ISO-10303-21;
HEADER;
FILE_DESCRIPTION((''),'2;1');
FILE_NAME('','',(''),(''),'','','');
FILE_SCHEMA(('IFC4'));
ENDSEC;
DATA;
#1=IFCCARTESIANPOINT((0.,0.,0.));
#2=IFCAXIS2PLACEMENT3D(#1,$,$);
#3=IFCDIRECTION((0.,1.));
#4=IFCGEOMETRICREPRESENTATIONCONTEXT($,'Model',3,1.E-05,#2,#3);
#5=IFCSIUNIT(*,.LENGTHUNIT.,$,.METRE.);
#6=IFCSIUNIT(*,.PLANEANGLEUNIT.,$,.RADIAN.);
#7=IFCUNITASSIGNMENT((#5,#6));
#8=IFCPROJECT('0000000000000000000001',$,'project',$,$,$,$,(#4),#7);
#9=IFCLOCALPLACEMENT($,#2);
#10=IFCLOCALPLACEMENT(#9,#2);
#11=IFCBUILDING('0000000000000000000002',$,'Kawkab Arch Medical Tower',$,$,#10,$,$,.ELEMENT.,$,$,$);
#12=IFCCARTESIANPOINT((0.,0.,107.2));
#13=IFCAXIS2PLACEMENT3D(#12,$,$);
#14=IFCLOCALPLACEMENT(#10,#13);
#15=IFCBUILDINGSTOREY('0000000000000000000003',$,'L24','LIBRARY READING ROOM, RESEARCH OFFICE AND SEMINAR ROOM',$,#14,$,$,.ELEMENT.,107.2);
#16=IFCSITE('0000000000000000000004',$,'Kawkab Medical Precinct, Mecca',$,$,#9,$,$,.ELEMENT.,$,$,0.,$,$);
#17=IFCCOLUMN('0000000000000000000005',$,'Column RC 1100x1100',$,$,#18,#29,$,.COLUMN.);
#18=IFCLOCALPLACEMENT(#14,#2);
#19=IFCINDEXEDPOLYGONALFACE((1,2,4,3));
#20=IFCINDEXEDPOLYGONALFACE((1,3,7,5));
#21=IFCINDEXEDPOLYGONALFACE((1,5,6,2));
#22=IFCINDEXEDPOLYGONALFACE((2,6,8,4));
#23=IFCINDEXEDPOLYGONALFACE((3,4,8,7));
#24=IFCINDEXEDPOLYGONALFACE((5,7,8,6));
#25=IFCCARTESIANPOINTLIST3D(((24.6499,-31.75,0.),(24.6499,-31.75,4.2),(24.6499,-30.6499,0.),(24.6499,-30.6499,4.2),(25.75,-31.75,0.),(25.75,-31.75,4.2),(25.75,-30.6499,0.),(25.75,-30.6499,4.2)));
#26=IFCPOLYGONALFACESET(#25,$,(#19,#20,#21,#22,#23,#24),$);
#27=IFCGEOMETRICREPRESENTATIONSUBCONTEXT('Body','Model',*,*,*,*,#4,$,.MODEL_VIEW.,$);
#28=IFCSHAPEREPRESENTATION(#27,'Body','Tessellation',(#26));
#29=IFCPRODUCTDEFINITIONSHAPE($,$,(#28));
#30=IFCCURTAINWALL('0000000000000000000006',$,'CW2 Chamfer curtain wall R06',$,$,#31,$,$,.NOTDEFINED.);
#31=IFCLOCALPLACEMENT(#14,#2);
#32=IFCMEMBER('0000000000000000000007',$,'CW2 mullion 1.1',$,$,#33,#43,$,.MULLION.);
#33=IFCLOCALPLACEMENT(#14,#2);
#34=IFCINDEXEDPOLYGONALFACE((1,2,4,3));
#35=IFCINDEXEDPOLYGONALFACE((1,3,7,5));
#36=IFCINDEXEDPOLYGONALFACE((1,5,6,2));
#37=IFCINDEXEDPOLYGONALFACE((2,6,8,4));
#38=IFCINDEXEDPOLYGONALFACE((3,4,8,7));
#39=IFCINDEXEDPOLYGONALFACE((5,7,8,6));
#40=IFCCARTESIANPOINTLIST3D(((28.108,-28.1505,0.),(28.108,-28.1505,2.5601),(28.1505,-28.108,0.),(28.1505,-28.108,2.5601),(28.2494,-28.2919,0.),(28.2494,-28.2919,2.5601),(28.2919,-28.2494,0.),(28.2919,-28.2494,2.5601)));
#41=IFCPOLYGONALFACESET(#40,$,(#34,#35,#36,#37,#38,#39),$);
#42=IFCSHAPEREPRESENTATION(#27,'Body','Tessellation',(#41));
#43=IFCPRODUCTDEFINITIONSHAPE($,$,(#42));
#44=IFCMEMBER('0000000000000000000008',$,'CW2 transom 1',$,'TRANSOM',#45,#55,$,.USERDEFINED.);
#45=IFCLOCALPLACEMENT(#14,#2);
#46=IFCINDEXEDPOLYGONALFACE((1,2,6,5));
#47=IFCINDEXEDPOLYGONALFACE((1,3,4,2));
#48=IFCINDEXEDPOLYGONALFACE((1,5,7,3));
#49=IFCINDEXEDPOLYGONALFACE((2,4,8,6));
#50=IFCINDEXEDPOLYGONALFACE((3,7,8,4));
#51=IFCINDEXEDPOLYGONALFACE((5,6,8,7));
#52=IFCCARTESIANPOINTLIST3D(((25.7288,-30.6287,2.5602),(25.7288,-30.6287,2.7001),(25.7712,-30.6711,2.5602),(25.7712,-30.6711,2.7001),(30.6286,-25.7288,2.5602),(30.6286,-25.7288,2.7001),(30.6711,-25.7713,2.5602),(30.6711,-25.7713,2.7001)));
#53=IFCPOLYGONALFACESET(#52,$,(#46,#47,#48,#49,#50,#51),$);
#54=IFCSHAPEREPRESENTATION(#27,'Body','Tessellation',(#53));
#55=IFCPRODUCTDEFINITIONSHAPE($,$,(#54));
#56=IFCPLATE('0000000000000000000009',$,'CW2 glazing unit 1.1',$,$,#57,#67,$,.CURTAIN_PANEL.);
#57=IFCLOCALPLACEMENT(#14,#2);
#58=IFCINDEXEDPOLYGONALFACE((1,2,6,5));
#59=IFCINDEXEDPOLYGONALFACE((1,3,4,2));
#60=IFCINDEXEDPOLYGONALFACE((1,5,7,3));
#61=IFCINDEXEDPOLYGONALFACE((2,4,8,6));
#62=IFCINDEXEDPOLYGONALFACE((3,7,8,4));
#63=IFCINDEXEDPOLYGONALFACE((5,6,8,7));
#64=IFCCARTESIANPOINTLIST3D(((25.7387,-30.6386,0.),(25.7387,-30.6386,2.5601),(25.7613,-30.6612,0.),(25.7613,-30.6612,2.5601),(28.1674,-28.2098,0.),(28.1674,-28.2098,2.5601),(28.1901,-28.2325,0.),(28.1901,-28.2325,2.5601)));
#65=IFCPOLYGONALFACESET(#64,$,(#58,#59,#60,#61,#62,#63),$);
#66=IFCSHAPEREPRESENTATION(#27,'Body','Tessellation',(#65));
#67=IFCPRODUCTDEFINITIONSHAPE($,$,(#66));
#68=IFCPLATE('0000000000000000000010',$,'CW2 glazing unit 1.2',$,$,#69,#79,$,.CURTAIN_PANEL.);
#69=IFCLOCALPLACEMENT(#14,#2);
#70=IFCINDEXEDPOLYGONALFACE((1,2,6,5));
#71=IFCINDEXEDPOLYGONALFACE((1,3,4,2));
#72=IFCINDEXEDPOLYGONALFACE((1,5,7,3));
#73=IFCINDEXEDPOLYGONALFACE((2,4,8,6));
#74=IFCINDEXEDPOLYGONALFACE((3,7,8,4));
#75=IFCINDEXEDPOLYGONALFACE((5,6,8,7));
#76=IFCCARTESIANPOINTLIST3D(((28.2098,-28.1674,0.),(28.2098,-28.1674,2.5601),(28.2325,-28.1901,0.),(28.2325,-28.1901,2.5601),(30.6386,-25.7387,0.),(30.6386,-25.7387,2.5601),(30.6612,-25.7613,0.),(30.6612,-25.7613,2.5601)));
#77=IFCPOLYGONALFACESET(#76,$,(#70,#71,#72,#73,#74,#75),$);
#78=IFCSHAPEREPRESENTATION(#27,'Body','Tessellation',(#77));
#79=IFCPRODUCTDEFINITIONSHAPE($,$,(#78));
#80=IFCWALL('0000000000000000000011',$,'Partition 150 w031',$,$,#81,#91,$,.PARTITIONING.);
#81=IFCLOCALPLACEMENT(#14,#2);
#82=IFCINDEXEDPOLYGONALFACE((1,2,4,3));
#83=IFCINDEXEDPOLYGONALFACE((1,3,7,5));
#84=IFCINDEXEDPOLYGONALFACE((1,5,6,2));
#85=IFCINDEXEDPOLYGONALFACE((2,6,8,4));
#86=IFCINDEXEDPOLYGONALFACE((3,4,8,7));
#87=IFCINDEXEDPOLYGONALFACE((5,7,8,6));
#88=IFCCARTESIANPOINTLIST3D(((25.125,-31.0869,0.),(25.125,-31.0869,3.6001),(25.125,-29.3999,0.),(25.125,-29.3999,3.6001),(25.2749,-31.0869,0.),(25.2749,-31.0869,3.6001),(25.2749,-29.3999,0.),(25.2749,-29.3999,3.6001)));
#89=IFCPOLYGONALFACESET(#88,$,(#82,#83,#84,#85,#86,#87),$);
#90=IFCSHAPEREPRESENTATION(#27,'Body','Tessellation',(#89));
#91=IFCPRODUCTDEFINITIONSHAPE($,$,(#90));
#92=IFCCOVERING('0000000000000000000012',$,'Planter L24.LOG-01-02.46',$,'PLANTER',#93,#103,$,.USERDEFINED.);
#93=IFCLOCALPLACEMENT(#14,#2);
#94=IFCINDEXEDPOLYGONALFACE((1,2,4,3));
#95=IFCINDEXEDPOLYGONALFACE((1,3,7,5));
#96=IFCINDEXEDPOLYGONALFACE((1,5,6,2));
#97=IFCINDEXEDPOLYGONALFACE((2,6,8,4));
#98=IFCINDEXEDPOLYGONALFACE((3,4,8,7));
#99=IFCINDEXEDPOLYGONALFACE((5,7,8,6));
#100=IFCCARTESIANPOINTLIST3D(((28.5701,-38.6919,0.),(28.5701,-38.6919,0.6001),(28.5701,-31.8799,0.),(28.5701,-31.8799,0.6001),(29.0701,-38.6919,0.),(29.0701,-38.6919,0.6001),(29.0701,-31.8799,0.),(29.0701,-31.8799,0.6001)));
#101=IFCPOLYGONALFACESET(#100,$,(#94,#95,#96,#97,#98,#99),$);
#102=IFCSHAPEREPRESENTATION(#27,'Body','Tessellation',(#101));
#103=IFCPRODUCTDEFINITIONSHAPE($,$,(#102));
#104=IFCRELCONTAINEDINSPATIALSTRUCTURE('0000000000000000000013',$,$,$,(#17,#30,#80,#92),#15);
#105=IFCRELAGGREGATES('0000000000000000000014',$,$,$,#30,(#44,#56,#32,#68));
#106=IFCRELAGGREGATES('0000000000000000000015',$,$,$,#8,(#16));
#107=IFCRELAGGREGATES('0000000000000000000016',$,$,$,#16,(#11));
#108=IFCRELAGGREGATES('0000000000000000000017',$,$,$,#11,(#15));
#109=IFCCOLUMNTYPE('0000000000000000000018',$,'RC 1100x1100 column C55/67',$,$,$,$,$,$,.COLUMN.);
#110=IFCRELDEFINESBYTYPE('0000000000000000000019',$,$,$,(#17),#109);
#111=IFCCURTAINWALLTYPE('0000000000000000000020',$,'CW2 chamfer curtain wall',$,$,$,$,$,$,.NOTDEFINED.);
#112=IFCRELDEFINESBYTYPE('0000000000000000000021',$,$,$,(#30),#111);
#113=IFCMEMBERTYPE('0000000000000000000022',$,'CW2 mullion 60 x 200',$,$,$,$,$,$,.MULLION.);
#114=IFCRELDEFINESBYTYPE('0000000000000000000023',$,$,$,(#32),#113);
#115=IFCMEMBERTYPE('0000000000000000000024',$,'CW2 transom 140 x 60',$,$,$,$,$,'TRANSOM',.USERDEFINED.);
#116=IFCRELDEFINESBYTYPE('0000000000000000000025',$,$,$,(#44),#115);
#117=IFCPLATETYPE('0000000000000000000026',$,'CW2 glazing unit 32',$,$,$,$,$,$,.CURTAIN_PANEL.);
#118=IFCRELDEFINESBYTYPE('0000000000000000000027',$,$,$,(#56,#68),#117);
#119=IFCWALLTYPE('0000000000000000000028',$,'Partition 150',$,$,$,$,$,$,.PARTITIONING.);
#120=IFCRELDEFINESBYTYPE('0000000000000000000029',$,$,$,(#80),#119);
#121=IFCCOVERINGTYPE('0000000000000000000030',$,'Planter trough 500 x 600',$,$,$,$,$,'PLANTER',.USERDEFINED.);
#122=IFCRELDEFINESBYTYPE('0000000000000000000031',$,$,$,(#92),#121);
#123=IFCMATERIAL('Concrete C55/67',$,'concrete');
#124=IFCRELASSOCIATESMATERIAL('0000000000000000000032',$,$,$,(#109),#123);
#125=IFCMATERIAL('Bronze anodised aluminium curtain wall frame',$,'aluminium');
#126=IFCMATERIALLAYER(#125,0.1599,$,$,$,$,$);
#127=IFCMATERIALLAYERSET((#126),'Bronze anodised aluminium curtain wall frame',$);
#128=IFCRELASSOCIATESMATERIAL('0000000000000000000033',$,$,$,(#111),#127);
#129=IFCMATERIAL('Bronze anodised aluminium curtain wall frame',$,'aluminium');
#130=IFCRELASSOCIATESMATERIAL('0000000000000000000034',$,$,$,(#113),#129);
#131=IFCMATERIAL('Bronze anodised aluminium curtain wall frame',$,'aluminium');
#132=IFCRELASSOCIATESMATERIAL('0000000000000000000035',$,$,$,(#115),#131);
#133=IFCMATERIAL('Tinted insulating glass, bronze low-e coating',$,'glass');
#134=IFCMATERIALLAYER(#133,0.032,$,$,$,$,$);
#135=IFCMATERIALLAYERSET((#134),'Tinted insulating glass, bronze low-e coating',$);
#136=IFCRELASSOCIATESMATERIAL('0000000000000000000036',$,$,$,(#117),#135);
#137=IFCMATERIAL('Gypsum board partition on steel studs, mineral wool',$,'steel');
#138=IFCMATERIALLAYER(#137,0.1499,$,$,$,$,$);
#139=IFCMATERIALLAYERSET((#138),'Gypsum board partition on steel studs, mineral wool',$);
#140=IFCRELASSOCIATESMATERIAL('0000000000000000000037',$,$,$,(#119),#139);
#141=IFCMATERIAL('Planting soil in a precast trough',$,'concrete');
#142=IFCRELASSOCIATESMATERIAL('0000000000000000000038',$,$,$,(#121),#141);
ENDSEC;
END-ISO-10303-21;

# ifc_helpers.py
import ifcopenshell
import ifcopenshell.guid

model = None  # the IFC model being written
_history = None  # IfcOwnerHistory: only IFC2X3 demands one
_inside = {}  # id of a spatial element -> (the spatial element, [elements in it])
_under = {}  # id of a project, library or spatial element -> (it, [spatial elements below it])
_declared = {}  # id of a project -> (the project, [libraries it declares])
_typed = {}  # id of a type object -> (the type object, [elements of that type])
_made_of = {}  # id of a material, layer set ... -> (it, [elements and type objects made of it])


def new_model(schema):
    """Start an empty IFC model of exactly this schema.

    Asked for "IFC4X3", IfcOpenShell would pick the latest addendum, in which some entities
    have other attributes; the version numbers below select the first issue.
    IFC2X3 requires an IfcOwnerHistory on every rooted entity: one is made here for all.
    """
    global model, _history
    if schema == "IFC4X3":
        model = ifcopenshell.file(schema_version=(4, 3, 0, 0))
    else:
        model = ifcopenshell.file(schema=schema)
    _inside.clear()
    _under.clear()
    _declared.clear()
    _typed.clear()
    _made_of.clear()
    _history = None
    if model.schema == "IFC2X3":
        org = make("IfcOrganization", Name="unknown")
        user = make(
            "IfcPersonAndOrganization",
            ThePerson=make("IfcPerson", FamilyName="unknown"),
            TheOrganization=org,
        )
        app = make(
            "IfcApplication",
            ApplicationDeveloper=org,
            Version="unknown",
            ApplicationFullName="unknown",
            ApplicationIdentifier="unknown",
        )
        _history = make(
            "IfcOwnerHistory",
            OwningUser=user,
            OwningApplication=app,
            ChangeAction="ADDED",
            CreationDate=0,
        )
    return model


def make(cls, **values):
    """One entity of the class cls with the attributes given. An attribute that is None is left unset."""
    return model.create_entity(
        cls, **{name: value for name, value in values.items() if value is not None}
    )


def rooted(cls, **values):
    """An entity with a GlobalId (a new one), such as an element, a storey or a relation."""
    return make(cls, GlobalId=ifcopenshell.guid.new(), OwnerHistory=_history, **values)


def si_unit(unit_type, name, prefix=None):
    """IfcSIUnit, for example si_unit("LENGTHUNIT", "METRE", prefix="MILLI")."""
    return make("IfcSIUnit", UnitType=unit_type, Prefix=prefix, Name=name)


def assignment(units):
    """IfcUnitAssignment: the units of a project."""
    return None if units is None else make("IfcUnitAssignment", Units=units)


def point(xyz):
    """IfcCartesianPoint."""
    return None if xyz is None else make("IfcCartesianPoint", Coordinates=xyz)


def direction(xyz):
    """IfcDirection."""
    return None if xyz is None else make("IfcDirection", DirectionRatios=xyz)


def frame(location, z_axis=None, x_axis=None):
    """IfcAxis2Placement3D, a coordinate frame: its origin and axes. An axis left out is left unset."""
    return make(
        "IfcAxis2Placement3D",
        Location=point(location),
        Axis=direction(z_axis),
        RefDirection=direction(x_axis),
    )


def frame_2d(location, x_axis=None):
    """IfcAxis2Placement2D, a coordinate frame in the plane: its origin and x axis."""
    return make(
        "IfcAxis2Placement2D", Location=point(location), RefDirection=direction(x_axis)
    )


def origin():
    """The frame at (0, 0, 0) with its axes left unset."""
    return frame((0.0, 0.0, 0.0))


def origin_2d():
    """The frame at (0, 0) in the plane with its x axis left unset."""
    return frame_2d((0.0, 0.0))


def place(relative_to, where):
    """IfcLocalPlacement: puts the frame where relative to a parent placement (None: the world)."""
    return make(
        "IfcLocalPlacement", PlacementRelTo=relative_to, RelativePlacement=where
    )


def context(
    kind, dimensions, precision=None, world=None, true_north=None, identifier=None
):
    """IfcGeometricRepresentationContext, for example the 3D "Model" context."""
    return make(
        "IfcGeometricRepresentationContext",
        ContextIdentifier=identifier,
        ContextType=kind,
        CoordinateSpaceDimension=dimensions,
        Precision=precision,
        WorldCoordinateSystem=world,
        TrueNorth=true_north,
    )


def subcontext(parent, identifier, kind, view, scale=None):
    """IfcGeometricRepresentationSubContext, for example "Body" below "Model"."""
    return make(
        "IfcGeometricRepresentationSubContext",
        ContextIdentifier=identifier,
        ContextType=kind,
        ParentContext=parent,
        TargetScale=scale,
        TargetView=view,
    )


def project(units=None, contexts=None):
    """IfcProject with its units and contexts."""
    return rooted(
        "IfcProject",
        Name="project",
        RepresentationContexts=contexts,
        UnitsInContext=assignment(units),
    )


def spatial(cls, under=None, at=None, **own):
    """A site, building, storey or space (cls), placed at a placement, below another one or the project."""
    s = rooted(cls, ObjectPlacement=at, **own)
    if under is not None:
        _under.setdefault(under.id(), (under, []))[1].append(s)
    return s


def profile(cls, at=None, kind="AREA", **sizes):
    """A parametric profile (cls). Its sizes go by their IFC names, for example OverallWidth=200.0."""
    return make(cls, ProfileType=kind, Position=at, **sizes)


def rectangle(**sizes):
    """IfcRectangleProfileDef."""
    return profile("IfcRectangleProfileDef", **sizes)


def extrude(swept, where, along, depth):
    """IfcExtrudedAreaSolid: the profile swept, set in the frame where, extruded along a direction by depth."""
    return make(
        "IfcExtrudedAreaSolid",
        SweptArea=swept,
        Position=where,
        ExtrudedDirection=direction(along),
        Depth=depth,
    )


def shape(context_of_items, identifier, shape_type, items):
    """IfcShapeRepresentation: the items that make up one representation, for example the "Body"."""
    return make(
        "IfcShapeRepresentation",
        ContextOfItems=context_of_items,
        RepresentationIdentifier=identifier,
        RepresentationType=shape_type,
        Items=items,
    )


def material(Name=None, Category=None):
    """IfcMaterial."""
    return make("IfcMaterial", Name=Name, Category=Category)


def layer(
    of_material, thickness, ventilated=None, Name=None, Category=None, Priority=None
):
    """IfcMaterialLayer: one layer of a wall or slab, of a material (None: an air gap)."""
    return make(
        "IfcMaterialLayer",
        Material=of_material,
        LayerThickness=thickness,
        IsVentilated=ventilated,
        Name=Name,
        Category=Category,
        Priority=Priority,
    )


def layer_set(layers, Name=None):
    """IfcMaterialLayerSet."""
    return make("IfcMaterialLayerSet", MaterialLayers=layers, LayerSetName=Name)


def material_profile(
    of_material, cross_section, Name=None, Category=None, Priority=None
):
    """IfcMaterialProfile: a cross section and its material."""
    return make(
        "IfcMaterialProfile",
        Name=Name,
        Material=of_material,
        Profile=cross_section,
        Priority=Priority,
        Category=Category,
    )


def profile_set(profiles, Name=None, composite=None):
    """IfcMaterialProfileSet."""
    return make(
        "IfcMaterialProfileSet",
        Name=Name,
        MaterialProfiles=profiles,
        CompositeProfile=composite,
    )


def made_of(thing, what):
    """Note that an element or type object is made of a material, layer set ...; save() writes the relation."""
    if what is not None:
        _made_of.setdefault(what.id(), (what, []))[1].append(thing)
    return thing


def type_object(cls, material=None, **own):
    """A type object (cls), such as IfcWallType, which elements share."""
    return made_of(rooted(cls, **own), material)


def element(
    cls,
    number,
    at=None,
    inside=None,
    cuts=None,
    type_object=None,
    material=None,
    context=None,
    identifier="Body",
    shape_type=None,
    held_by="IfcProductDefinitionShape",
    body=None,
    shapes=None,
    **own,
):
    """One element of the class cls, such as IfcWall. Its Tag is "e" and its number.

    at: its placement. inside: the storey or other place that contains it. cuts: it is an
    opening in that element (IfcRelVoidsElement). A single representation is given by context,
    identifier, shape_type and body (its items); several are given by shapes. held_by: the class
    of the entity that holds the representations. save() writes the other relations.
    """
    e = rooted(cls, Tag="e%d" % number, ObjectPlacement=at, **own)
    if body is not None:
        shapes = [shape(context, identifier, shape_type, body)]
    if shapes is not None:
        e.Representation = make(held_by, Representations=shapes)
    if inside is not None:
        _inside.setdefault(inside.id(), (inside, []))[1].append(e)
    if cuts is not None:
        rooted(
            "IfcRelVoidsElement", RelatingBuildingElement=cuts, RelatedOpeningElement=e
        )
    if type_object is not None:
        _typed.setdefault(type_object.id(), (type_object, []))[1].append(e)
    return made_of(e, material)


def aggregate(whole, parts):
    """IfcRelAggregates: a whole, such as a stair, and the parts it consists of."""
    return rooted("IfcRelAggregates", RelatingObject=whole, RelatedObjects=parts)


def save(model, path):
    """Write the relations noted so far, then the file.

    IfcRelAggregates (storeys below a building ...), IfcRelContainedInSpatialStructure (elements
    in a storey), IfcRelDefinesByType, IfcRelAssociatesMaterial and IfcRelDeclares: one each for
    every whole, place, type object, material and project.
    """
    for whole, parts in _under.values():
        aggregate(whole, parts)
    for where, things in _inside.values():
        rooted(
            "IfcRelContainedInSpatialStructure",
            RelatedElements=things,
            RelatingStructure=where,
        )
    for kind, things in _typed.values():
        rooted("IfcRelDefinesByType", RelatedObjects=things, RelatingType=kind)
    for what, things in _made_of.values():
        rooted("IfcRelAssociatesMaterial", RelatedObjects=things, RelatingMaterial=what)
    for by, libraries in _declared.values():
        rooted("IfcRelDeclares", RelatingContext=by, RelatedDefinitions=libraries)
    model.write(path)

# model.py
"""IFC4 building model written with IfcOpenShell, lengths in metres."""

from ifc_helpers import new_model, si_unit, direction, frame, frame_2d, origin, origin_2d, place, context, subcontext, project, spatial, rectangle, extrude, material, layer, layer_set, material_profile, profile_set, type_object, element, aggregate, save


model = new_model("IFC4")

# Units and contexts
model_context = context("Model", 3, precision=1e-05, world=origin(), true_north=direction((0.0, 1.0)))
body_context = subcontext(model_context, "Body", "Model", "MODEL_VIEW")
ifc_project = project(units=[si_unit("LENGTHUNIT", "METRE"), si_unit("PLANEANGLEUNIT", "RADIAN")], contexts=[model_context])

# Site, building, storey
site_placement = place(None, origin())
site = spatial("IfcSite", under=ifc_project, at=site_placement, Name="Kawkab Medical Precinct, Mecca", CompositionType="ELEMENT", RefElevation=0.0)
building_placement = place(site_placement, origin())
building = spatial("IfcBuilding", under=site, at=building_placement, Name="Kawkab Arch Medical Tower", CompositionType="ELEMENT")
storey_placement = place(building_placement, frame((0.0, 0.0, 107.2)))
storey = spatial("IfcBuildingStorey", under=building, at=storey_placement, Name="L24", Description="LIBRARY READING ROOM, RESEARCH OFFICE AND SEMINAR ROOM", CompositionType="ELEMENT", Elevation=107.2)

# Column
ifc_material_1 = material(Name="Concrete C55/67", Category="concrete")
ifc_material_profile_1 = material_profile(ifc_material_1, rectangle(XDim=1.1001, YDim=1.1001, at=origin_2d()), Name="RC 1100x1100")
ifc_profile_set_1 = profile_set([ifc_material_profile_1], Name="Concrete C55/67")
column_type = type_object("IfcColumnType", Name="RC 1100x1100 column C55/67", PredefinedType="COLUMN", material=ifc_profile_set_1)
column_placement = place(storey_placement, frame((25.2, -31.2, 0.0), z_axis=(0.0, 0.0, 1.0), x_axis=(1.0, 0.0, 0.0)))
element("IfcColumn", 1, at=column_placement, inside=storey, type_object=column_type, Name="Column RC 1100x1100", PredefinedType="COLUMN", context=body_context, shape_type="SweptSolid", body=[
    extrude(rectangle(XDim=1.1001, YDim=1.1001, at=origin_2d()), origin(), (0.0, 0.0, 1.0), 4.2),
])

# Curtain wall, members, plates
ifc_material_2 = material(Name="Bronze anodised aluminium curtain wall frame", Category="aluminium")
ifc_layer_1 = layer(ifc_material_2, 0.1599)
ifc_layer_set_1 = layer_set([ifc_layer_1], Name="Bronze anodised aluminium curtain wall frame")
curtain_wall_type = type_object("IfcCurtainWallType", Name="CW2 chamfer curtain wall", PredefinedType="NOTDEFINED", material=ifc_layer_set_1)
curtain_wall_placement = place(storey_placement, origin())
curtain_wall = element("IfcCurtainWall", 2, at=curtain_wall_placement, inside=storey, type_object=curtain_wall_type, Name="CW2 Chamfer curtain wall R06", PredefinedType="NOTDEFINED")
ifc_material_3 = material(Name="Bronze anodised aluminium curtain wall frame", Category="aluminium")
ifc_material_profile_2 = material_profile(ifc_material_3, rectangle(XDim=0.2, YDim=0.0601, at=origin_2d()), Name="AL 60x200")
ifc_profile_set_2 = profile_set([ifc_material_profile_2], Name="Bronze anodised aluminium curtain wall frame")
member_type_1 = type_object("IfcMemberType", Name="CW2 mullion 60 x 200", PredefinedType="MULLION", material=ifc_profile_set_2)
member_1_placement = place(storey_placement, frame((28.2, -28.2, 0.0), z_axis=(0.0, 0.0, 1.0), x_axis=(-0.707107, 0.707107, 0.0)))
member_1 = element("IfcMember", 3, at=member_1_placement, type_object=member_type_1, Name="CW2 mullion 1.1", PredefinedType="MULLION", context=body_context, shape_type="SweptSolid", body=[
    extrude(rectangle(XDim=0.2, YDim=0.0601, at=origin_2d()), origin(), (0.0, 0.0, 1.0), 2.5601),
])
ifc_material_4 = material(Name="Bronze anodised aluminium curtain wall frame", Category="aluminium")
ifc_material_profile_3 = material_profile(ifc_material_4, rectangle(XDim=0.0601, YDim=0.1399, at=origin_2d()), Name="AL 60x140")
ifc_profile_set_3 = profile_set([ifc_material_profile_3], Name="Bronze anodised aluminium curtain wall frame")
member_type_2 = type_object("IfcMemberType", Name="CW2 transom 140 x 60", ElementType="TRANSOM", PredefinedType="USERDEFINED", material=ifc_profile_set_3)
member_2_placement = place(storey_placement, frame((25.75, -30.6499, 2.6301), z_axis=(0.707107, 0.707107, 0.0), x_axis=(-0.707107, 0.707107, 0.0)))
member_2 = element("IfcMember", 4, at=member_2_placement, type_object=member_type_2, Name="CW2 transom 1", ObjectType="TRANSOM", PredefinedType="USERDEFINED", context=body_context, shape_type="SweptSolid", body=[
    extrude(rectangle(XDim=0.0601, YDim=0.1399, at=origin_2d()), origin(), (0.0, 0.0, 1.0), 6.9294),
])
ifc_material_5 = material(Name="Tinted insulating glass, bronze low-e coating", Category="glass")
ifc_layer_2 = layer(ifc_material_5, 0.032)
ifc_layer_set_2 = layer_set([ifc_layer_2], Name="Tinted insulating glass, bronze low-e coating")
plate_type = type_object("IfcPlateType", Name="CW2 glazing unit 32", PredefinedType="CURTAIN_PANEL", material=ifc_layer_set_2)
plate_1_placement = place(storey_placement, frame((26.9644, -29.4355, 0.0), z_axis=(0.0, 0.0, 1.0), x_axis=(0.707107, 0.707107, 0.0)))
plate_1 = element("IfcPlate", 5, at=plate_1_placement, type_object=plate_type, Name="CW2 glazing unit 1.1", PredefinedType="CURTAIN_PANEL", context=body_context, shape_type="SweptSolid", body=[
    extrude(rectangle(XDim=3.4348, YDim=0.032, at=origin_2d()), origin(), (0.0, 0.0, 1.0), 2.5601),
])
plate_2_placement = place(storey_placement, frame((29.4355, -26.9644, 0.0), z_axis=(0.0, 0.0, 1.0), x_axis=(0.707107, 0.707107, 0.0)))
plate_2 = element("IfcPlate", 6, at=plate_2_placement, type_object=plate_type, Name="CW2 glazing unit 1.2", PredefinedType="CURTAIN_PANEL", context=body_context, shape_type="SweptSolid", body=[
    extrude(rectangle(XDim=3.4348, YDim=0.032, at=origin_2d()), origin(), (0.0, 0.0, 1.0), 2.5601),
])
aggregate(curtain_wall, [member_2, plate_1, member_1, plate_2])

# Wall
ifc_material_6 = material(Name="Gypsum board partition on steel studs, mineral wool", Category="steel")
ifc_layer_3 = layer(ifc_material_6, 0.1499)
ifc_layer_set_3 = layer_set([ifc_layer_3], Name="Gypsum board partition on steel studs, mineral wool")
wall_type = type_object("IfcWallType", Name="Partition 150", PredefinedType="PARTITIONING", material=ifc_layer_set_3)
wall_placement = place(storey_placement, frame((25.2, -31.0869, 0.0), z_axis=(0.0, 0.0, 1.0), x_axis=(0.0, 1.0, 0.0)))
element("IfcWall", 7, at=wall_placement, inside=storey, type_object=wall_type, Name="Partition 150 w031", PredefinedType="PARTITIONING", context=body_context, shape_type="SweptSolid", body=[
    extrude(rectangle(XDim=1.687, YDim=0.1499, at=frame_2d((0.8435, 0.0))), origin(), (0.0, 0.0, 1.0), 3.6001),
])

# Covering
ifc_material_7 = material(Name="Planting soil in a precast trough", Category="concrete")
ifc_material_profile_4 = material_profile(ifc_material_7, rectangle(XDim=0.5, YDim=0.6001, at=origin_2d()), Name="Trough 500x600")
ifc_profile_set_4 = profile_set([ifc_material_profile_4], Name="Planting soil in a precast trough")
covering_type = type_object("IfcCoveringType", Name="Planter trough 500 x 600", ElementType="PLANTER", PredefinedType="USERDEFINED", material=ifc_profile_set_4)
covering_placement = place(storey_placement, frame((28.8201, -31.8799, 0.3), z_axis=(0.0, -1.0, 0.0), x_axis=(1.0, 0.0, 0.0)))
element("IfcCovering", 8, at=covering_placement, inside=storey, type_object=covering_type, Name="Planter L24.LOG-01-02.46", ObjectType="PLANTER", PredefinedType="USERDEFINED", context=body_context, shape_type="SweptSolid", body=[
    extrude(rectangle(XDim=0.5, YDim=0.6001, at=origin_2d()), origin(), (0.0, 0.0, 1.0), 6.812),
])

save(model, "model.ifc")
